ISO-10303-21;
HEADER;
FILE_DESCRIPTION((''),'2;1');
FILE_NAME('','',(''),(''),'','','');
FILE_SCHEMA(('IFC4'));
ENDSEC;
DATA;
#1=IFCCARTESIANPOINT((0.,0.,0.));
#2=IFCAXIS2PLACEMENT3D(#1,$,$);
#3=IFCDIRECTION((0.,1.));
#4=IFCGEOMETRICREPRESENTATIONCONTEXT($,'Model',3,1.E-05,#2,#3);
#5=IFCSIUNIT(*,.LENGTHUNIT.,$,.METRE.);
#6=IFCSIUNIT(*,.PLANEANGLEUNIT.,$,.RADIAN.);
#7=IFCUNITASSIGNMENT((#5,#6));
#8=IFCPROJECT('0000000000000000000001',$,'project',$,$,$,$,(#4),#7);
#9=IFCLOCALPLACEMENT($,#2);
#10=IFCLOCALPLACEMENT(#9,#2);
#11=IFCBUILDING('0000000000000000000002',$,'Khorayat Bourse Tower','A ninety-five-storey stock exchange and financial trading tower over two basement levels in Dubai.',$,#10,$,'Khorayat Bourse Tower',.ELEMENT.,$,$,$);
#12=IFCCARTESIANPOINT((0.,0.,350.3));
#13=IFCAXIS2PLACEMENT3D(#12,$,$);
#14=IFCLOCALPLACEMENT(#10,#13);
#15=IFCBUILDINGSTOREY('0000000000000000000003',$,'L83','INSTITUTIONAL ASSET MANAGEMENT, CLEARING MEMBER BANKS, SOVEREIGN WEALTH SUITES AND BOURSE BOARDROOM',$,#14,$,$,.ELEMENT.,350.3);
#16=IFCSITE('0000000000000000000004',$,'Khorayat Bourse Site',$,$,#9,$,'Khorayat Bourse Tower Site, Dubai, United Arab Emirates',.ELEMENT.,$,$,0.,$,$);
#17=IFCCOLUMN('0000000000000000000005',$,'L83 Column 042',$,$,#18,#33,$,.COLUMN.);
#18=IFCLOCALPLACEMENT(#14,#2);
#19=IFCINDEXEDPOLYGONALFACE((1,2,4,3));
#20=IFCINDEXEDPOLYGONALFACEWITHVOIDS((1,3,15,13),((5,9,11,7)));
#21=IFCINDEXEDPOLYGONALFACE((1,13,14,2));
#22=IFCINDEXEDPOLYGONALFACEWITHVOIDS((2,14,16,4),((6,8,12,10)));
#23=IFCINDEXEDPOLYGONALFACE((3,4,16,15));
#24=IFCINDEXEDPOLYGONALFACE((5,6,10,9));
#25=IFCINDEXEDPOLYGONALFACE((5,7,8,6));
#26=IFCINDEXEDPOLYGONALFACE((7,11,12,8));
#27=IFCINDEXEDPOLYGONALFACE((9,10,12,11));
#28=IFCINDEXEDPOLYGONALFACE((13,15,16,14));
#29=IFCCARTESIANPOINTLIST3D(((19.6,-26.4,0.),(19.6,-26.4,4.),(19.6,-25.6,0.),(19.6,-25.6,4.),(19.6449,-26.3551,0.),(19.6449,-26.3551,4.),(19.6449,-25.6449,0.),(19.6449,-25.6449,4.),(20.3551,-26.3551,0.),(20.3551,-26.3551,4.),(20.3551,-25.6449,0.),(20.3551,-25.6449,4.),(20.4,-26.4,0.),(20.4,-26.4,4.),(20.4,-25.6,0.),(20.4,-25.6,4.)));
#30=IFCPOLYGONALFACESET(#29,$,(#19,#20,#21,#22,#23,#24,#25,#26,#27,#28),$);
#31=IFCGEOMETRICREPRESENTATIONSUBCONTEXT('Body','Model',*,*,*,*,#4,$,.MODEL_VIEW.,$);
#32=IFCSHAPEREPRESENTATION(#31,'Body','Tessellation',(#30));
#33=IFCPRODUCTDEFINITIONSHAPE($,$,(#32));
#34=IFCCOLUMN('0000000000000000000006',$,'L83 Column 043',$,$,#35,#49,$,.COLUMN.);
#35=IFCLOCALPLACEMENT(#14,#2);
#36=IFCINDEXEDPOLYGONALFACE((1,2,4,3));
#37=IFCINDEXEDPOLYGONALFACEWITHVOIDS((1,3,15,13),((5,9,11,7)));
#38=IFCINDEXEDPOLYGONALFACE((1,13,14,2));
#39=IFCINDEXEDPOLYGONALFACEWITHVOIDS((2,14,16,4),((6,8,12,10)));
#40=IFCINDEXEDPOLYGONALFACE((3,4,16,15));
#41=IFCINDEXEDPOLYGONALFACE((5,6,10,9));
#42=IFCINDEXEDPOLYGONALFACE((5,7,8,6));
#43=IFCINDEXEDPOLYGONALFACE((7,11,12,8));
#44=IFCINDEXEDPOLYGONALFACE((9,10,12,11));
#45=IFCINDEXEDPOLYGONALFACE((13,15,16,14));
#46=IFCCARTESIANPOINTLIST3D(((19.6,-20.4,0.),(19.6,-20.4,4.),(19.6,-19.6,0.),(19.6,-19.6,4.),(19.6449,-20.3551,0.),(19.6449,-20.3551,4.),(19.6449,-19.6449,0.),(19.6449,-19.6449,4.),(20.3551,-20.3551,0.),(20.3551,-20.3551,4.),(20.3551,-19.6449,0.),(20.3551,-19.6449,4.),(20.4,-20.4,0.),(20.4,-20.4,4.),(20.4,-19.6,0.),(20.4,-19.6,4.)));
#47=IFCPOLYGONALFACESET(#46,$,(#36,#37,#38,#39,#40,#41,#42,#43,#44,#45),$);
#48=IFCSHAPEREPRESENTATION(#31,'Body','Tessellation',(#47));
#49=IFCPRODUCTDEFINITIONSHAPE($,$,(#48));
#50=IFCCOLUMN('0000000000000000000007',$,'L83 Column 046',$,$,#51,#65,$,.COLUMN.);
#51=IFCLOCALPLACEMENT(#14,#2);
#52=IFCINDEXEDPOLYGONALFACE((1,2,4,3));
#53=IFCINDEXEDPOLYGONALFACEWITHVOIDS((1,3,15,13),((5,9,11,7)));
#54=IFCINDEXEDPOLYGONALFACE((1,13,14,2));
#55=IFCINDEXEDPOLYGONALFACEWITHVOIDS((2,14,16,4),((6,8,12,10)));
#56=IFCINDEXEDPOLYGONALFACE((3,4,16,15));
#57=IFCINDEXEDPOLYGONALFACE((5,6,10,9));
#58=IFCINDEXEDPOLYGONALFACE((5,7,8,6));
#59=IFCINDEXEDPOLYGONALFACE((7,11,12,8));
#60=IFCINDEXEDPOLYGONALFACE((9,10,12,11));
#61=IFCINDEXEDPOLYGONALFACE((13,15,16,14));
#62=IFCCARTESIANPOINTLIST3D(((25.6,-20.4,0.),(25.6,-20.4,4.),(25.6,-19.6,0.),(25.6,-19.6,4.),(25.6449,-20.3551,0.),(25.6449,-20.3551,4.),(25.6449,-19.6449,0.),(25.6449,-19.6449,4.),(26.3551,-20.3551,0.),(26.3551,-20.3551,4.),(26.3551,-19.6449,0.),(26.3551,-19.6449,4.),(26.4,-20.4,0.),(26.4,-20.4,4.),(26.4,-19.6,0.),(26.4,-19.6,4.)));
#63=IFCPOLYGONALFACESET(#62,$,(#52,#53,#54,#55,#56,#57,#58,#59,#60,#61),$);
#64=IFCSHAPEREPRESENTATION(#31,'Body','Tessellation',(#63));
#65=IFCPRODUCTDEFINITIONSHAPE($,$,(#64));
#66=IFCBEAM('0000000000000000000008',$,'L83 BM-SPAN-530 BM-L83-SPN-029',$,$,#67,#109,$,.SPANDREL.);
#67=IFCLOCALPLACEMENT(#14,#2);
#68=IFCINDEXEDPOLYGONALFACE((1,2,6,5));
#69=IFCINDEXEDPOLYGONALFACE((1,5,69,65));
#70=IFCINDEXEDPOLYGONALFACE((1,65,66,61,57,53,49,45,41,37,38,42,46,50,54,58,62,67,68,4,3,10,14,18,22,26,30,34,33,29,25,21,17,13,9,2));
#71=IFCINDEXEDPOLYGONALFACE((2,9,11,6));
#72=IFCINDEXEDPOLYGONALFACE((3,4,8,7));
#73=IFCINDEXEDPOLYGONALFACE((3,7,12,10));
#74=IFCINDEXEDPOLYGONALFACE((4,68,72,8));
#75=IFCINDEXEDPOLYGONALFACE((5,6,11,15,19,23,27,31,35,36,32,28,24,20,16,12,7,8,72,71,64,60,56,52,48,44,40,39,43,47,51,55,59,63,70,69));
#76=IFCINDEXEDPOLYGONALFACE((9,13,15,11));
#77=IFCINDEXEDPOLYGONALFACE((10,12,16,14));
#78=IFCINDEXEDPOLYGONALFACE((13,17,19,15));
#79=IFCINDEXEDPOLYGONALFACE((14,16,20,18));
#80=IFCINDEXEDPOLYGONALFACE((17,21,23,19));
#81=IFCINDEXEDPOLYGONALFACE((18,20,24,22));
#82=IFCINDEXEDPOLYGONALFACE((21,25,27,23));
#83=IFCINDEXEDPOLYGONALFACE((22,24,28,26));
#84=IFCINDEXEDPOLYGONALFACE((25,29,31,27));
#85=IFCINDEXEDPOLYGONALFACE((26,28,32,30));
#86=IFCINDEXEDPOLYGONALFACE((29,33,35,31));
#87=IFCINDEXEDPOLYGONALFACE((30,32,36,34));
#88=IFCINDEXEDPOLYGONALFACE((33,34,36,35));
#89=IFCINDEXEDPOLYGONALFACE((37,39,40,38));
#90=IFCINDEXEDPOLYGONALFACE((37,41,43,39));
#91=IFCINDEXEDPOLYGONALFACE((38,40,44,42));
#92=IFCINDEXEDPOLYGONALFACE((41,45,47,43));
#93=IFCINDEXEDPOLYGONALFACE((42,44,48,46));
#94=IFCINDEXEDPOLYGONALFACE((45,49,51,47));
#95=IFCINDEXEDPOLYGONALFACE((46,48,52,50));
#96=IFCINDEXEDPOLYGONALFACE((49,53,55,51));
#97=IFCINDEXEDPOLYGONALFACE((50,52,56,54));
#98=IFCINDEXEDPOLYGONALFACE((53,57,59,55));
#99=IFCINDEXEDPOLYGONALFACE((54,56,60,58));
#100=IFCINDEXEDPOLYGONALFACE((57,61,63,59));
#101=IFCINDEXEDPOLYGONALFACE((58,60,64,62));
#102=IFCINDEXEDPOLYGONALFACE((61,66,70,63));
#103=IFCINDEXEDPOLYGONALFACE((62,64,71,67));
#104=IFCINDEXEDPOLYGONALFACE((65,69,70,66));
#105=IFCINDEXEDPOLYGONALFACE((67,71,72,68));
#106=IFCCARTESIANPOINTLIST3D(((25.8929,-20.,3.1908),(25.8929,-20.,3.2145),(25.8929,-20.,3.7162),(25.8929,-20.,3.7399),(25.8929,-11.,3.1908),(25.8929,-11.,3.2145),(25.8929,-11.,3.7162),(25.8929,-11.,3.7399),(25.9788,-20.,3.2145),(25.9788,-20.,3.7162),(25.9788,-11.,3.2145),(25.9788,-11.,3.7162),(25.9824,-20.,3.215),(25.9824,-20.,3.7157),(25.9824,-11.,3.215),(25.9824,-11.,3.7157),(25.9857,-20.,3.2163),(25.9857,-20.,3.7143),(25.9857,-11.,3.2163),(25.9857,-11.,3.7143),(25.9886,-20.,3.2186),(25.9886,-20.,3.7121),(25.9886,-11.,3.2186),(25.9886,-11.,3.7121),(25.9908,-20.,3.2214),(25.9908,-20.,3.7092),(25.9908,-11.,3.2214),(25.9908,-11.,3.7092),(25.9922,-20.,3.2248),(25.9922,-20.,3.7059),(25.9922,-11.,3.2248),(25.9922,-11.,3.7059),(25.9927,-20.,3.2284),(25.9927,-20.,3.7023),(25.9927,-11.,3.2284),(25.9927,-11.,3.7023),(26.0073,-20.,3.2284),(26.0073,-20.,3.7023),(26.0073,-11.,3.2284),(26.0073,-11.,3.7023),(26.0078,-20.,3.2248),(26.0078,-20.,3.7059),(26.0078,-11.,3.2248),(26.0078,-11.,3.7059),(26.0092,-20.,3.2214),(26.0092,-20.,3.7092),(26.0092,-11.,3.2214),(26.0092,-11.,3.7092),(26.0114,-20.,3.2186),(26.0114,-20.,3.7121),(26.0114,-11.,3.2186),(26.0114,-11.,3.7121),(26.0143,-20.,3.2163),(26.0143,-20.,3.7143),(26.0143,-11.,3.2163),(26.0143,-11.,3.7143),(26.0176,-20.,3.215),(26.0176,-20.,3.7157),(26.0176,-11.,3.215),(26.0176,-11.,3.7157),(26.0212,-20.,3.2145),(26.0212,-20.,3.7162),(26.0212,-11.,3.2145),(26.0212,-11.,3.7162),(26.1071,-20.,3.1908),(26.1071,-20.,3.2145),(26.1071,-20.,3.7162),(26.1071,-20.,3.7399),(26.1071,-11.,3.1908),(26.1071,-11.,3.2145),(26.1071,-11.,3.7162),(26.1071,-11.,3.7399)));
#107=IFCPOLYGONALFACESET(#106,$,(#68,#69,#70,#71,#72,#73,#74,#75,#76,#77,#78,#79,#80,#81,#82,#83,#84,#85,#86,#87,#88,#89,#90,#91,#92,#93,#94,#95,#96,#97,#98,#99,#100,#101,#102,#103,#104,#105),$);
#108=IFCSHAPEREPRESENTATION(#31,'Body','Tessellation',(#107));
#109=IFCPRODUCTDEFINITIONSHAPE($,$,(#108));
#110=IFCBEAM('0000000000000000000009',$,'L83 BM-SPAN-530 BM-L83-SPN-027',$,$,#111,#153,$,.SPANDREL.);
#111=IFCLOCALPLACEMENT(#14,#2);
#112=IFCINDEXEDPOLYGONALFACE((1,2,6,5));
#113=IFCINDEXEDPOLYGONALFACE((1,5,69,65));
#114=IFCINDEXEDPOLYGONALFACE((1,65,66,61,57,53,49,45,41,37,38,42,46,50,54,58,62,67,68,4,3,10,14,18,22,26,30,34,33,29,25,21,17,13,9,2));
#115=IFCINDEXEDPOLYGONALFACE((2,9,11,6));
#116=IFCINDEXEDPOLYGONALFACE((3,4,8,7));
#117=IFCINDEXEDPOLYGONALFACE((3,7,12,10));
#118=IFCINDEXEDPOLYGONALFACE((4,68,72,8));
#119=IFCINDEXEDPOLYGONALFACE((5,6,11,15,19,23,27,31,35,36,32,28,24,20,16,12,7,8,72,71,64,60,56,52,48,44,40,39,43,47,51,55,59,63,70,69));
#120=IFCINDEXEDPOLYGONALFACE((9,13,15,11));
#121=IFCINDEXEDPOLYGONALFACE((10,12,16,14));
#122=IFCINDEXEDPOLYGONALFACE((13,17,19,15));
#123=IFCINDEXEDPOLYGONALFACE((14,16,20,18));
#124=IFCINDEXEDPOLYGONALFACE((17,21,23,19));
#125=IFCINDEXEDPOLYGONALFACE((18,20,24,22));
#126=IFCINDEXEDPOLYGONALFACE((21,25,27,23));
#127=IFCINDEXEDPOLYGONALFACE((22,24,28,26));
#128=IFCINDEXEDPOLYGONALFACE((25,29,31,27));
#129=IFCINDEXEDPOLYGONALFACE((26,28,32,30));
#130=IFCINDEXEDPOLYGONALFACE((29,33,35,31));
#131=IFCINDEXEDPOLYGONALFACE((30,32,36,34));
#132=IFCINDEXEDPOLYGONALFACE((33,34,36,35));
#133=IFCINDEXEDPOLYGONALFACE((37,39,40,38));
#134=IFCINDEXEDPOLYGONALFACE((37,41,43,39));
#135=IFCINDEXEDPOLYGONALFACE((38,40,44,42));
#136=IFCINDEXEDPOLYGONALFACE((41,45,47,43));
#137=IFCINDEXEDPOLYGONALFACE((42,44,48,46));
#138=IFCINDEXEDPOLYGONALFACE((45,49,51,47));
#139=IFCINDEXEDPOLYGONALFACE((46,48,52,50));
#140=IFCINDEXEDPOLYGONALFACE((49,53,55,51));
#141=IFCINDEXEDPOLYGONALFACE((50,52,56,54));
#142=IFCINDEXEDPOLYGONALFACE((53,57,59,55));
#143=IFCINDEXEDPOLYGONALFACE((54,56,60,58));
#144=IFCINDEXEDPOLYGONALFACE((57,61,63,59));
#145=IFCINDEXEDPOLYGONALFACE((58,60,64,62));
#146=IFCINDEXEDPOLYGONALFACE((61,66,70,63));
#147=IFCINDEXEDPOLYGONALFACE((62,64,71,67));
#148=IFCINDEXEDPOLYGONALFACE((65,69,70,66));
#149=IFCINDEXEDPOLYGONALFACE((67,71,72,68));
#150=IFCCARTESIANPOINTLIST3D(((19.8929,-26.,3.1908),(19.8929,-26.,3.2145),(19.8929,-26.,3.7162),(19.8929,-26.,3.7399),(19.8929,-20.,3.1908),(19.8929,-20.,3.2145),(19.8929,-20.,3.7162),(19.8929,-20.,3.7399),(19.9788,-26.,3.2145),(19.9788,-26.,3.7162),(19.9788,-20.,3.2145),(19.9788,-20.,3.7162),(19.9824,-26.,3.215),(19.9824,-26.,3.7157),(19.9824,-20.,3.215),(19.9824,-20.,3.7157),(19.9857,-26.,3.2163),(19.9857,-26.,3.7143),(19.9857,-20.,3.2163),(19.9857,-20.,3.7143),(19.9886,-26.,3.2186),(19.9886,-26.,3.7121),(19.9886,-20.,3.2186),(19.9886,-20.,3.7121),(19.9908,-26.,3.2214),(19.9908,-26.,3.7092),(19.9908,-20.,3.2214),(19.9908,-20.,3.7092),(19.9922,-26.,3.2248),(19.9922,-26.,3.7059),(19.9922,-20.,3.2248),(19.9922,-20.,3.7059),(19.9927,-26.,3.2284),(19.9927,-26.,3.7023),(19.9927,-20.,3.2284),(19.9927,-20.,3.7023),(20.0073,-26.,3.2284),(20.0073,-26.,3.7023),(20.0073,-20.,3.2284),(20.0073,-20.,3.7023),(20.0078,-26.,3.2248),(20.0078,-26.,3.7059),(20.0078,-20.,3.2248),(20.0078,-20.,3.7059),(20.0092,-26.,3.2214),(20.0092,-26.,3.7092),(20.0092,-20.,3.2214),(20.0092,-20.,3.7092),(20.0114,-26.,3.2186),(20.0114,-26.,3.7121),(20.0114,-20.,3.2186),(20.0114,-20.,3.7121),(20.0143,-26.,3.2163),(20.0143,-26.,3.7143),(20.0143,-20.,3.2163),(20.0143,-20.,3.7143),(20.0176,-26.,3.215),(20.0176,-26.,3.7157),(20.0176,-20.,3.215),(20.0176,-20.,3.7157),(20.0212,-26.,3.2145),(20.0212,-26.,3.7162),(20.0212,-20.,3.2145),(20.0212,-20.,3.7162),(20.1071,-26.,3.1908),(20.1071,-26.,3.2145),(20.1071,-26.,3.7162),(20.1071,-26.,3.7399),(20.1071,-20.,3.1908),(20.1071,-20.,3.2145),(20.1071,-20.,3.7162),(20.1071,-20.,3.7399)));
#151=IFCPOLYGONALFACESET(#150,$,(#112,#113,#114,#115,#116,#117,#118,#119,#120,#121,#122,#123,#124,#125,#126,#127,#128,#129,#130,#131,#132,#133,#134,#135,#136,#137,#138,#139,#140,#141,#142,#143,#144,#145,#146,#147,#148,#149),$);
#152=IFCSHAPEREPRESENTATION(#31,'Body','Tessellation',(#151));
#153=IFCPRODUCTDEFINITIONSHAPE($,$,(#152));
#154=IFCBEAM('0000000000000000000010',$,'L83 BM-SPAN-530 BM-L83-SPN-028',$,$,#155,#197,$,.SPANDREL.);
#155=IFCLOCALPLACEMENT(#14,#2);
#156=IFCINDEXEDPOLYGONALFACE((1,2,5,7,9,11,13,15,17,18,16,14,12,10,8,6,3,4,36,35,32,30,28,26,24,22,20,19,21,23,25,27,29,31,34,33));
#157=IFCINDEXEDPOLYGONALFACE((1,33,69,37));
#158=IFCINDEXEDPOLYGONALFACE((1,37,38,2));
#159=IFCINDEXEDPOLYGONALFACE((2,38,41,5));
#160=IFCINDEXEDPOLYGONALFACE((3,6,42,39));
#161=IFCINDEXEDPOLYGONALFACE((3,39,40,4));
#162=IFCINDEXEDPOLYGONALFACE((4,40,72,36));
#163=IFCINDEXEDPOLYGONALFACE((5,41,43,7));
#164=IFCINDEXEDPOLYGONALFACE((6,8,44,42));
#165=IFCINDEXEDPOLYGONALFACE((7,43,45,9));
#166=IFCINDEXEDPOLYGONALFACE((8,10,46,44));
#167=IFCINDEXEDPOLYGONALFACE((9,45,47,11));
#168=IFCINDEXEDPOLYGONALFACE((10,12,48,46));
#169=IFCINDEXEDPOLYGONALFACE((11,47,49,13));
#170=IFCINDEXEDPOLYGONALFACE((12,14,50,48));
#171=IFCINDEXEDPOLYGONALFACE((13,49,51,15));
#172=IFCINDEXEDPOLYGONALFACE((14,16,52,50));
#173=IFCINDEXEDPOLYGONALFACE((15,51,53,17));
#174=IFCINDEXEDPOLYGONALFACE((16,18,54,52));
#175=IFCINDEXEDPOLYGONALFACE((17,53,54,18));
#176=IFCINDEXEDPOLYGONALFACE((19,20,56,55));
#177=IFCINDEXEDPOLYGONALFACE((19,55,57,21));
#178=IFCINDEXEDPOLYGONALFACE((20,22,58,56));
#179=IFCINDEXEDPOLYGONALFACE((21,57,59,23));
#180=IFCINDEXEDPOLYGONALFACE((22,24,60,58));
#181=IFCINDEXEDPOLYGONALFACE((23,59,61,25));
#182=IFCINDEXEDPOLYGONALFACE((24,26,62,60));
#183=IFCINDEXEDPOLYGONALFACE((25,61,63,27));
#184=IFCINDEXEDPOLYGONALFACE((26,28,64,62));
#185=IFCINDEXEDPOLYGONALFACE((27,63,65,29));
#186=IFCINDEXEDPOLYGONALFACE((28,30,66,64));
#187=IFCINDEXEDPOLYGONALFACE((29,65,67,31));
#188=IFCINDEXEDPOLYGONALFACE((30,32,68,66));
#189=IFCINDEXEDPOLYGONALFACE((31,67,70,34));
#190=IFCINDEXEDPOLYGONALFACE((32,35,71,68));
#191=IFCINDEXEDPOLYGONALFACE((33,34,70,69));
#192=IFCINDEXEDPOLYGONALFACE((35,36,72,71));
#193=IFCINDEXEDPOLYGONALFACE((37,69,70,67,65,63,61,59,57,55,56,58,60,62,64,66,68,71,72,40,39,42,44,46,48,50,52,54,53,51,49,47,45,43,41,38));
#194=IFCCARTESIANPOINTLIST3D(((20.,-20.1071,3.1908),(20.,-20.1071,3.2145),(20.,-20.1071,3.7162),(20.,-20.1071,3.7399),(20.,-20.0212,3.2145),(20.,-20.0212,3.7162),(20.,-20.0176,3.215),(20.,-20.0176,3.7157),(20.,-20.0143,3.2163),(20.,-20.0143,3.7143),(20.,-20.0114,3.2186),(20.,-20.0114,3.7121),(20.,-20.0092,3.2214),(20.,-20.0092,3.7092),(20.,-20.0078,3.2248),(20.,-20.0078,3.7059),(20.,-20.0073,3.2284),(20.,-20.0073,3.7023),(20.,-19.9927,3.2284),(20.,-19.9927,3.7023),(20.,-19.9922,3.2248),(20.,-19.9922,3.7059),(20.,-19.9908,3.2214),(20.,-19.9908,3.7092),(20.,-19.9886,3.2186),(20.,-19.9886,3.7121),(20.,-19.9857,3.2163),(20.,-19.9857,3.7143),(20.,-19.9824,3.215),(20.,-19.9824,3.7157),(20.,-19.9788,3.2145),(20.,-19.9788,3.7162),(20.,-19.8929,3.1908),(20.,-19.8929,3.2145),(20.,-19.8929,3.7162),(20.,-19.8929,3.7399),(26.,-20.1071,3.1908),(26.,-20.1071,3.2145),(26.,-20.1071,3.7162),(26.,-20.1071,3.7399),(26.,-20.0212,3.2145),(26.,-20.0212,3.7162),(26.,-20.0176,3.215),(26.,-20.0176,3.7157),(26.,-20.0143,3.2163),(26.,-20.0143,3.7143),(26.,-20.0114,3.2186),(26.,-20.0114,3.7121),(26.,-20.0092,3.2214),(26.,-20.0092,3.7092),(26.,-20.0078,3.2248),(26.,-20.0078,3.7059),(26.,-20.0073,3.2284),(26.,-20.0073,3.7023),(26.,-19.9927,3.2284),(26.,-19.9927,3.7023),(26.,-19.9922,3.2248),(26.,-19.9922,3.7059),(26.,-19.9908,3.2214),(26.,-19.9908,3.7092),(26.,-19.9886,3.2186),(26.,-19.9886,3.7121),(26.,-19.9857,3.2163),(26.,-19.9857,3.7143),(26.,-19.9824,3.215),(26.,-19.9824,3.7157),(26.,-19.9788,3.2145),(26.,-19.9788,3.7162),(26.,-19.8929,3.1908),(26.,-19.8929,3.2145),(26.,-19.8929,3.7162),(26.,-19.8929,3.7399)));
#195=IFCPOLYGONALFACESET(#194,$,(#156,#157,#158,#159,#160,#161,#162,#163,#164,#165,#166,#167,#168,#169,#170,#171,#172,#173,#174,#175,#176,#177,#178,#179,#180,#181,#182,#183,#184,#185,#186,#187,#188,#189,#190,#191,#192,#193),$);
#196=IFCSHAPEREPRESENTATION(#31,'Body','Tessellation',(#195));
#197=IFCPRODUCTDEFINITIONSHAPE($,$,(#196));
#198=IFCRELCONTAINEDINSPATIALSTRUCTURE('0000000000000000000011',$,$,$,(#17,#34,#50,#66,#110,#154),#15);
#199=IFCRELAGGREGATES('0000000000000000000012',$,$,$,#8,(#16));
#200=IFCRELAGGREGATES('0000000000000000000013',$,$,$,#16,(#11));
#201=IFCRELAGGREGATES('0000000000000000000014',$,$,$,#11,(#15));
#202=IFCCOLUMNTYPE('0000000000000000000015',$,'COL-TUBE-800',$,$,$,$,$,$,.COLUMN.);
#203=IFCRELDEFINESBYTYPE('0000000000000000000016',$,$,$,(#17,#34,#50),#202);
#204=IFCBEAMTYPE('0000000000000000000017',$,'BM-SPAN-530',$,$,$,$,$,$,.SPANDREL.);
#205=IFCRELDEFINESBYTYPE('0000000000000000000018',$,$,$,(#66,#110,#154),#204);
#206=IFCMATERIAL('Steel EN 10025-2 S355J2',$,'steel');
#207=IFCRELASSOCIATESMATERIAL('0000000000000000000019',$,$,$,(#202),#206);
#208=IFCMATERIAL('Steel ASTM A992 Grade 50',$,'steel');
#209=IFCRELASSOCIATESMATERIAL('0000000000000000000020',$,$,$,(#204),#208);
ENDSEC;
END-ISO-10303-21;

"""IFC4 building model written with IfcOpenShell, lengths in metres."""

from ifc_helpers import new_model, si_unit, direction, frame, origin, origin_2d, place, context, subcontext, project, spatial, hollow_rectangle, i_section, extrude, source, transform, mapped, material, material_profile, profile_set, type_object, element, save


model = new_model("IFC4")

# Units and contexts
model_context = context("Model", 3, precision=1e-05, world=origin(), true_north=direction((0.0, 1.0)))
body_context = subcontext(model_context, "Body", "Model", "MODEL_VIEW")
ifc_project = project(units=[si_unit("LENGTHUNIT", "METRE"), si_unit("PLANEANGLEUNIT", "RADIAN")], contexts=[model_context])

# Site, building, storey
site_placement = place(None, origin())
site = spatial("IfcSite", under=ifc_project, at=site_placement, Name="Khorayat Bourse Site", LongName="Khorayat Bourse Tower Site, Dubai, United Arab Emirates", CompositionType="ELEMENT", RefElevation=0.0)
building_placement = place(site_placement, origin())
building = spatial("IfcBuilding", under=site, at=building_placement, Name="Khorayat Bourse Tower", Description="A ninety-five-storey stock exchange and financial trading tower over two basement levels in Dubai.", LongName="Khorayat Bourse Tower", CompositionType="ELEMENT")
storey_placement = place(building_placement, frame((0.0, 0.0, 350.3)))
storey = spatial("IfcBuildingStorey", under=building, at=storey_placement, Name="L83", Description="INSTITUTIONAL ASSET MANAGEMENT, CLEARING MEMBER BANKS, SOVEREIGN WEALTH SUITES AND BOURSE BOARDROOM", CompositionType="ELEMENT", Elevation=350.3)

# Columns
ifc_material_1 = material(Name="Steel EN 10025-2 S355J2", Category="steel")
ifc_material_profile_1 = material_profile(ifc_material_1, hollow_rectangle(XDim=0.8, YDim=0.8, WallThickness=0.0449, at=origin_2d()), Name="BOX 800x800x45")
ifc_profile_set_1 = profile_set([ifc_material_profile_1], Name="Steel EN 10025-2 S355J2")
column_type = type_object("IfcColumnType", Name="COL-TUBE-800", PredefinedType="COLUMN", material=ifc_profile_set_1)
shared_shape_1 = source(origin(), body_context, "Body", "SweptSolid", [
    extrude(hollow_rectangle(XDim=0.8, YDim=0.8, WallThickness=0.0449, at=origin_2d()), origin(), (0.0, 0.0, 1.0), 4.0),
])
for number, where, z_axis, x_axis, name in (
    (1, (20.0, -26.0, 0.0), (0.0, 0.0, 1.0), (1.0, 0.0, 0.0), "L83 Column 042"),
    (2, (20.0, -20.0, 0.0), (0.0, 0.0, 1.0), (1.0, 0.0, 0.0), "L83 Column 043"),
    (3, (26.0, -20.0, 0.0), (0.0, 0.0, 1.0), (1.0, 0.0, 0.0), "L83 Column 046"),
):
    element("IfcColumn", number, at=place(storey_placement, frame(where, z_axis=z_axis, x_axis=x_axis)), inside=storey, type_object=column_type, Name=name, PredefinedType="COLUMN", context=body_context, shape_type="MappedRepresentation", body=[
        mapped(shared_shape_1, transform((0.0, 0.0, 0.0), scale=1.0)),
    ])

# Beams
ifc_material_2 = material(Name="Steel ASTM A992 Grade 50", Category="steel")
ifc_material_profile_2 = material_profile(ifc_material_2, i_section(OverallWidth=0.2141, OverallDepth=0.5491, WebThickness=0.0146, FlangeThickness=0.0237, FilletRadius=0.0139, at=origin_2d()), Name="W530X138")
ifc_profile_set_2 = profile_set([ifc_material_profile_2], Name="Steel ASTM A992 Grade 50")
beam_type_1 = type_object("IfcBeamType", Name="BM-SPAN-530", PredefinedType="SPANDREL", material=ifc_profile_set_2)
shared_shape_2 = source(origin(), body_context, "Body", "SweptSolid", [
    extrude(i_section(OverallWidth=0.2141, OverallDepth=0.5491, WebThickness=0.0146, FlangeThickness=0.0237, FilletRadius=0.0139, at=origin_2d()), origin(), (0.0, 0.0, 1.0), 9.0),
])
beam_1_placement = place(storey_placement, frame((26.0, -20.0, 3.4653), z_axis=(0.0, 1.0, 0.0), x_axis=(-1.0, 0.0, 0.0)))
element("IfcBeam", 4, at=beam_1_placement, inside=storey, type_object=beam_type_1, Name="L83 BM-SPAN-530 BM-L83-SPN-029", PredefinedType="SPANDREL", context=body_context, shape_type="MappedRepresentation", body=[
    mapped(shared_shape_2, transform((0.0, 0.0, 0.0), scale=1.0)),
])
shared_shape_3 = source(origin(), body_context, "Body", "SweptSolid", [
    extrude(i_section(OverallWidth=0.2141, OverallDepth=0.5491, WebThickness=0.0146, FlangeThickness=0.0237, FilletRadius=0.0139, at=origin_2d()), origin(), (0.0, 0.0, 1.0), 6.0),
])
for number, where, z_axis, x_axis, name in (
    (5, (20.0, -26.0, 3.4653), (0.0, 1.0, 0.0), (-1.0, 0.0, 0.0), "L83 BM-SPAN-530 BM-L83-SPN-027"),
    (6, (20.0, -20.0, 3.4653), (1.0, 0.0, 0.0), (0.0, 1.0, 0.0), "L83 BM-SPAN-530 BM-L83-SPN-028"),
):
    element("IfcBeam", number, at=place(storey_placement, frame(where, z_axis=z_axis, x_axis=x_axis)), inside=storey, type_object=beam_type_1, Name=name, PredefinedType="SPANDREL", context=body_context, shape_type="MappedRepresentation", body=[
        mapped(shared_shape_3, transform((0.0, 0.0, 0.0), scale=1.0)),
    ])

save(model, "model.ifc")
